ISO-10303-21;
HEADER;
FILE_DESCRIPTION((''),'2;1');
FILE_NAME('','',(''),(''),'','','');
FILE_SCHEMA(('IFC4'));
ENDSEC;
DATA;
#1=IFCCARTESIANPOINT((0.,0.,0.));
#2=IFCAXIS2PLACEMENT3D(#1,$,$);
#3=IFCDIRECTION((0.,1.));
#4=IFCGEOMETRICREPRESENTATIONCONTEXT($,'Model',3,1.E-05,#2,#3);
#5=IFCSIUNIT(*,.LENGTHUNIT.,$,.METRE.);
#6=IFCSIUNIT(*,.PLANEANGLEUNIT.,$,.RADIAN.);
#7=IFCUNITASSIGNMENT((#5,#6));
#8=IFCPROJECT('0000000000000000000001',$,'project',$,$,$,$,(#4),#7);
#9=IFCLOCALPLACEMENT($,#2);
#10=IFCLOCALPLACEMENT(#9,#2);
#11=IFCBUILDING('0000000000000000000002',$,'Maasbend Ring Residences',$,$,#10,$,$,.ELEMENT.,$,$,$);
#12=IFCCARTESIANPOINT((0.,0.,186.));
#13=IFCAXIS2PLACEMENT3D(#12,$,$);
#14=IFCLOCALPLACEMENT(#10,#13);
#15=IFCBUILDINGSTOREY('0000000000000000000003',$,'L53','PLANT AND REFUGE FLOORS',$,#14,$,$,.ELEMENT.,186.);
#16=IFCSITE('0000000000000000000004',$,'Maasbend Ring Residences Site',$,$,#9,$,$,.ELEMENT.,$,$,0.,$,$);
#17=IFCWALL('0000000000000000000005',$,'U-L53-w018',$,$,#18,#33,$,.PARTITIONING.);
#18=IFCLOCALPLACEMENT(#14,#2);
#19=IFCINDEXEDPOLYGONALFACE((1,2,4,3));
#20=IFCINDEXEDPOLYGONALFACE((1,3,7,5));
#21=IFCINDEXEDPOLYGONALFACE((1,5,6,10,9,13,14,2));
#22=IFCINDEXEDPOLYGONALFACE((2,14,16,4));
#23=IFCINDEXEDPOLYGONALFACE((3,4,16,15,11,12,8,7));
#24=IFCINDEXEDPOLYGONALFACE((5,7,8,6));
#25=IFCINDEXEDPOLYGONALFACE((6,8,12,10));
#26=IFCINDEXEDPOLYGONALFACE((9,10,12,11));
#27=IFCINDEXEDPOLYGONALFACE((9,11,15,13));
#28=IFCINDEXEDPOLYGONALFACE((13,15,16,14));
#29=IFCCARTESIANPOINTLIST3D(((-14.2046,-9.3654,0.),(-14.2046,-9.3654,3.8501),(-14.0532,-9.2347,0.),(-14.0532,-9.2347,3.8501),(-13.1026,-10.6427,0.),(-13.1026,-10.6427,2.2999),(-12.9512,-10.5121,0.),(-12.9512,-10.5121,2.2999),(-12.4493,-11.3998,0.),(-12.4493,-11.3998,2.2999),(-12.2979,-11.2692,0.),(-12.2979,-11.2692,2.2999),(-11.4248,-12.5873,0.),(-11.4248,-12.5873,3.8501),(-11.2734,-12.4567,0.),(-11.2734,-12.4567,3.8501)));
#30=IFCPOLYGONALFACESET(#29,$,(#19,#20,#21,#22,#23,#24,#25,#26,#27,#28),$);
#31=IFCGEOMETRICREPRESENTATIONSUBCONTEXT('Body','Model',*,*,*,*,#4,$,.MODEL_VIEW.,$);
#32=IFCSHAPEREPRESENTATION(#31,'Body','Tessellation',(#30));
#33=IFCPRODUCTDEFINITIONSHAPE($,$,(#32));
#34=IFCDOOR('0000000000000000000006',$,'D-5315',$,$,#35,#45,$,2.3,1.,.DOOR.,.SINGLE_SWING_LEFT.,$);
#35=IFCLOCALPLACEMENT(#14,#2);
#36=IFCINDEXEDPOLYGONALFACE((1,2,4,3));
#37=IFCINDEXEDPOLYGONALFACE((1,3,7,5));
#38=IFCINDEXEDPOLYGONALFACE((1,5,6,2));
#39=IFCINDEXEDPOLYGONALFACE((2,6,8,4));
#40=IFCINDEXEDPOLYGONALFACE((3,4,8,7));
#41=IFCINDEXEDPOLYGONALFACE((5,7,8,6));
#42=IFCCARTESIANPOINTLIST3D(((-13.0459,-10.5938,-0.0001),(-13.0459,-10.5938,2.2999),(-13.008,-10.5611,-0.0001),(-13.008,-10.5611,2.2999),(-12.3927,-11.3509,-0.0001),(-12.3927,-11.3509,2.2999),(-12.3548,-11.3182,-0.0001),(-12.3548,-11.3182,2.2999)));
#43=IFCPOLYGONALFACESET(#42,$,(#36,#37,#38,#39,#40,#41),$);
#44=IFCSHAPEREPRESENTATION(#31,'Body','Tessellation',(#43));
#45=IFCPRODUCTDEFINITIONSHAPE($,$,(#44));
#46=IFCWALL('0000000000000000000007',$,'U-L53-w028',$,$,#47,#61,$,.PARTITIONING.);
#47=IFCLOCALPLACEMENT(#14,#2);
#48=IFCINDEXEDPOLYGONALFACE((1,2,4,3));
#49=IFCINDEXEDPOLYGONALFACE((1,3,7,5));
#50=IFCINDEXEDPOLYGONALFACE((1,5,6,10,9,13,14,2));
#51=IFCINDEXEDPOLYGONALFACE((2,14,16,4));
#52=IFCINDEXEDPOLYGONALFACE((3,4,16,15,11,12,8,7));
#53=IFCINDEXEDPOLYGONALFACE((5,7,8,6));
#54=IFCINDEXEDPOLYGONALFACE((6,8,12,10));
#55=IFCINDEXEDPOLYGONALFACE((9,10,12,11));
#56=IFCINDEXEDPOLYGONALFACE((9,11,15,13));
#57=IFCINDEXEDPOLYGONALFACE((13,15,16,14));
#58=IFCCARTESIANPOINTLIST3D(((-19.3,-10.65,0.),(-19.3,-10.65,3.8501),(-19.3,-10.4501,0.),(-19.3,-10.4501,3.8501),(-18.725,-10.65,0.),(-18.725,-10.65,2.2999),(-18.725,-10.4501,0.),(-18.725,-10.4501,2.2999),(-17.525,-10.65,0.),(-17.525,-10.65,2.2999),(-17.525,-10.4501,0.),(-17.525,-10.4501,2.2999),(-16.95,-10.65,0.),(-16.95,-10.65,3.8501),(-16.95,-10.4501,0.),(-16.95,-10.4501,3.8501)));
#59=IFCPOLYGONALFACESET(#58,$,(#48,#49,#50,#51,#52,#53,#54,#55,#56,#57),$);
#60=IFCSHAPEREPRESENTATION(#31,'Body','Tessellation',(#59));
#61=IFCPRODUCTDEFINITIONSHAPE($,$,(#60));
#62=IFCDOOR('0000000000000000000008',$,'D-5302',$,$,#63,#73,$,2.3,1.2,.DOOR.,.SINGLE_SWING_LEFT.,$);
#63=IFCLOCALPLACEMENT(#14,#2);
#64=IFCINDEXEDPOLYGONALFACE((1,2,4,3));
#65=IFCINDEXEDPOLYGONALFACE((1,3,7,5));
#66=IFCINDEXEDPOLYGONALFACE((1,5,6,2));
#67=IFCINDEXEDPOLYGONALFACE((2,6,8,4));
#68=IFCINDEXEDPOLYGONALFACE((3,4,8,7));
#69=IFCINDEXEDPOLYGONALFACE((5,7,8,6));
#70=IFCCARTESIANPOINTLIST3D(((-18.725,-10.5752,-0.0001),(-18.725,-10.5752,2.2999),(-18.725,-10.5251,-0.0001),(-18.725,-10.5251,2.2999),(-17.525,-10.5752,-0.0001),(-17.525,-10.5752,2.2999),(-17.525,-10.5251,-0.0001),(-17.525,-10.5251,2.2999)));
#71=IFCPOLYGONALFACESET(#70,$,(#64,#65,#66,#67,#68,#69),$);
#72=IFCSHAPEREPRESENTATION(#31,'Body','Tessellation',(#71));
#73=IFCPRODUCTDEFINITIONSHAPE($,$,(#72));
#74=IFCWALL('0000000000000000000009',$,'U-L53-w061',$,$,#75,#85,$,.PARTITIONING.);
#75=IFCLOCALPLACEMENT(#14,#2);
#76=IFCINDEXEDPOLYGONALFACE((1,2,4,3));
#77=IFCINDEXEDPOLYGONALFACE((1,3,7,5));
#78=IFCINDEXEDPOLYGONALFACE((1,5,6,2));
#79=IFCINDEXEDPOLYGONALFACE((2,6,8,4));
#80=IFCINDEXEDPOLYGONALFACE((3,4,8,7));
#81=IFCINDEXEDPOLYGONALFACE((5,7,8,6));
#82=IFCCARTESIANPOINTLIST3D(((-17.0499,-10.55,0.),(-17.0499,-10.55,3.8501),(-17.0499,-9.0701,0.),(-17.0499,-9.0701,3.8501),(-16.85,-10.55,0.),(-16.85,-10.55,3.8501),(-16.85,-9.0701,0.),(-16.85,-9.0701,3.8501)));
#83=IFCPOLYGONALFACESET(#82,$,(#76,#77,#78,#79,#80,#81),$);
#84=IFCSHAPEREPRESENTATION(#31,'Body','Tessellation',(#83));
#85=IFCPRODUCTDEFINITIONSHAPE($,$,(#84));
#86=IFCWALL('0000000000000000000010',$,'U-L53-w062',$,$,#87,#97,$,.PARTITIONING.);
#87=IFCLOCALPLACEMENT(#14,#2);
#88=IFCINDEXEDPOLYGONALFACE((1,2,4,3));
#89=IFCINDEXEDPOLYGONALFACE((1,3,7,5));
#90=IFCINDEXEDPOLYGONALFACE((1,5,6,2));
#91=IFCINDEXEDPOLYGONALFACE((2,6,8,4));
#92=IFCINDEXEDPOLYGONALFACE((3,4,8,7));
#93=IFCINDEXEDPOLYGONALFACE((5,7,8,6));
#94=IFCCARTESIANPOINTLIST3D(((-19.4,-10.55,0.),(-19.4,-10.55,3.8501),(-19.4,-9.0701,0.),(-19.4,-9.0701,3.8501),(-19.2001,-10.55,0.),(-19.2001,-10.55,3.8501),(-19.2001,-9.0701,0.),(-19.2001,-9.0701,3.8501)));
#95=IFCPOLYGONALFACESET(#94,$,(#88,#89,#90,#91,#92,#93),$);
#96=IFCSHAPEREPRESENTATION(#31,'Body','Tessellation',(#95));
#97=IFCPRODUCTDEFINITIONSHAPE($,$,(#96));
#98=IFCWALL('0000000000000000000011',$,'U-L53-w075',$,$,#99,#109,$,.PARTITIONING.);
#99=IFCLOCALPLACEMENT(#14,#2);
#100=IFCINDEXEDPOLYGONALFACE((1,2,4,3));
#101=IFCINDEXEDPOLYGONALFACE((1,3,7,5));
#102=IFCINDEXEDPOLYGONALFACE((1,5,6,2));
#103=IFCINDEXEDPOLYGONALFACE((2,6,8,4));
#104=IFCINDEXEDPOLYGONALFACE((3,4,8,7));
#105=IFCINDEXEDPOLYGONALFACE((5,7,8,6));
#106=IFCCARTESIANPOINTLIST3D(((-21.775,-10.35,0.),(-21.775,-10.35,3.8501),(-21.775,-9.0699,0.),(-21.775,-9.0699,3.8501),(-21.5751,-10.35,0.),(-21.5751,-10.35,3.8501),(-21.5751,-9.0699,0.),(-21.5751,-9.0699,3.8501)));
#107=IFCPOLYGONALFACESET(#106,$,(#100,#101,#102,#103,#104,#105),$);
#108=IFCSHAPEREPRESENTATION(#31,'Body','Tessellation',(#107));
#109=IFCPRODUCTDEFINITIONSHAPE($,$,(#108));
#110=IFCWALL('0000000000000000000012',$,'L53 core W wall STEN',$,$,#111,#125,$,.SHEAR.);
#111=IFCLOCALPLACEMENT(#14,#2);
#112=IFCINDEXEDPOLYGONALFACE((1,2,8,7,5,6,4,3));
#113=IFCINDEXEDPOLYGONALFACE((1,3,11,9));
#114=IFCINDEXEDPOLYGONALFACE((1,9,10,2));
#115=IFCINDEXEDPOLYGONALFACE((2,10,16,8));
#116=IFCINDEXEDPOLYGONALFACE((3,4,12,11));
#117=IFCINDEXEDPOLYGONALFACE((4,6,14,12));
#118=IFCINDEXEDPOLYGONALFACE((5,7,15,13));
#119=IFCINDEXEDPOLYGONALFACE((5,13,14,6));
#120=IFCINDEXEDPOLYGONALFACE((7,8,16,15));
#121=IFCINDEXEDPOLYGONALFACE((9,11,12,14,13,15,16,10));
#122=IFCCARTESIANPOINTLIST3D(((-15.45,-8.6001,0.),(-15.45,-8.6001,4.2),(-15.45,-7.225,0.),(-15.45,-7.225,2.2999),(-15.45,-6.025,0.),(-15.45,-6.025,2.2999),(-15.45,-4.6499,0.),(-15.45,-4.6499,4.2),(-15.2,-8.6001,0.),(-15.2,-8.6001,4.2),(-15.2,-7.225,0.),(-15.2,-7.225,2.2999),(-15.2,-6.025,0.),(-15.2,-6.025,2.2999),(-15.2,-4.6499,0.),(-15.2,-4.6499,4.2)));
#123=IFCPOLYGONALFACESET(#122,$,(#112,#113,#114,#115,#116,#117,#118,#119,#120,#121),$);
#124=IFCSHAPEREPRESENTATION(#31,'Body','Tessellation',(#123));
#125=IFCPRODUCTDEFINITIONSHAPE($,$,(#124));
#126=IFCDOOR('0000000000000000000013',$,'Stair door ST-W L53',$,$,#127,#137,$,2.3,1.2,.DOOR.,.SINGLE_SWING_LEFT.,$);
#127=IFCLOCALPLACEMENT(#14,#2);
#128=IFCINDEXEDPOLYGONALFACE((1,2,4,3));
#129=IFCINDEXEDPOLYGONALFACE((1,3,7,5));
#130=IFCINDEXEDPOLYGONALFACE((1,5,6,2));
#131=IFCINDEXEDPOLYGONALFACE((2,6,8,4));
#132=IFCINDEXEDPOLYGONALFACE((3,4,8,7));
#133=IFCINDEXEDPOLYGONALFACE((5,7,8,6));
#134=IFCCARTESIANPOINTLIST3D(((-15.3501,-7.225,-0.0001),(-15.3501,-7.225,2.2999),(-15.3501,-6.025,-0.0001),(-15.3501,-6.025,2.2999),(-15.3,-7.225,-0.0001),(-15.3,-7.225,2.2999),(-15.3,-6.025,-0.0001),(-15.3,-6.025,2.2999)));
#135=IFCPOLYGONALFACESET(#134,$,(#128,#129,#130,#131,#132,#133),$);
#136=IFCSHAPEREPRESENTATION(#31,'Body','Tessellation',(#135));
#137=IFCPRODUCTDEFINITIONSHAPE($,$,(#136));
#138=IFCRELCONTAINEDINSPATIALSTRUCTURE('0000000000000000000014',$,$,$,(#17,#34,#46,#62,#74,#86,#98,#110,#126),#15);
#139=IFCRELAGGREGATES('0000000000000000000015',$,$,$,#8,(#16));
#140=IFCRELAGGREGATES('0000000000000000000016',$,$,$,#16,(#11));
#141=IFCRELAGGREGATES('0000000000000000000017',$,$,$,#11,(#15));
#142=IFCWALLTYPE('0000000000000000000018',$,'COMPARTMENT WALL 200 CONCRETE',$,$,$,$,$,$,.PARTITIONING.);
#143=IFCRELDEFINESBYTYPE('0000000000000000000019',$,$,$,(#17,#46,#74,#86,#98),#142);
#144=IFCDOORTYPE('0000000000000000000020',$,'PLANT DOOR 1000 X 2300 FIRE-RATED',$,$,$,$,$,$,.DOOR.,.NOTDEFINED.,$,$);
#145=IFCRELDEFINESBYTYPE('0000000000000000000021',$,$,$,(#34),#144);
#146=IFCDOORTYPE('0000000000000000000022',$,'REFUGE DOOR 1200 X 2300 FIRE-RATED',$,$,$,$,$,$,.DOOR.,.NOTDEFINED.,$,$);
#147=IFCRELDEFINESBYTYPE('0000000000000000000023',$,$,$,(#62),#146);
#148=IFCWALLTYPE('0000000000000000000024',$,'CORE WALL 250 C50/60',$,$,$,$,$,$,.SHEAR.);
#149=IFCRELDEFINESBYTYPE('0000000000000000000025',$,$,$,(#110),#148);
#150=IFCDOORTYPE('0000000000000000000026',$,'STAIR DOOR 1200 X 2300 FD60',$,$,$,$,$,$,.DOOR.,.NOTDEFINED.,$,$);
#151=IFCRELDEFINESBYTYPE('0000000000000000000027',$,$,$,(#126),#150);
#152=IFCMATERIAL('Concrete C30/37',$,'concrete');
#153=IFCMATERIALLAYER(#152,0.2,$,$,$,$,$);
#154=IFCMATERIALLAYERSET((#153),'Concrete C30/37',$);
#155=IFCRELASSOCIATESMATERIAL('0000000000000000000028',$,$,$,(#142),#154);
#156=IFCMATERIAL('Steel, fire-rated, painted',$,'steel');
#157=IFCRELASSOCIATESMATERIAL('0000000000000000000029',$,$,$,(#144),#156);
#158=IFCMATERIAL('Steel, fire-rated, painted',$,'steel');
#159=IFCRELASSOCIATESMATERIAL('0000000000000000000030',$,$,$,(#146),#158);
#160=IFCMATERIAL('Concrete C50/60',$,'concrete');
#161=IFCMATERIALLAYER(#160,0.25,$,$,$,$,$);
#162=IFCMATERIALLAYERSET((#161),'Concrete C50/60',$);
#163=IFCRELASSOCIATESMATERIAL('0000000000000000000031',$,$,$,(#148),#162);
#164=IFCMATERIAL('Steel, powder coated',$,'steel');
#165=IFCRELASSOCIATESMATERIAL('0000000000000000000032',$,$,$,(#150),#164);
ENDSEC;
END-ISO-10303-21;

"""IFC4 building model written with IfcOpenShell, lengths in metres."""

from ifc_helpers import new_model, si_unit, direction, frame, frame_2d, origin, place, context, subcontext, project, spatial, rectangle, extrude, material, layer, layer_set, type_object, element, fill, save


model = new_model("IFC4")

# Units and contexts
model_context = context("Model", 3, precision=1e-05, world=origin(), true_north=direction((0.0, 1.0)))
body_context = subcontext(model_context, "Body", "Model", "MODEL_VIEW")
ifc_project = project(units=[si_unit("LENGTHUNIT", "METRE"), si_unit("PLANEANGLEUNIT", "RADIAN")], contexts=[model_context])

# Site, building, storey
site_placement = place(None, origin())
site = spatial("IfcSite", under=ifc_project, at=site_placement, Name="Maasbend Ring Residences Site", CompositionType="ELEMENT", RefElevation=0.0)
building_placement = place(site_placement, origin())
building = spatial("IfcBuilding", under=site, at=building_placement, Name="Maasbend Ring Residences", CompositionType="ELEMENT")
storey_placement = place(building_placement, frame((0.0, 0.0, 186.0)))
storey = spatial("IfcBuildingStorey", under=building, at=storey_placement, Name="L53", Description="PLANT AND REFUGE FLOORS", CompositionType="ELEMENT", Elevation=186.0)

# Walls, openings, doors
ifc_material_1 = material(Name="Concrete C30/37", Category="concrete")
ifc_layer_1 = layer(ifc_material_1, 0.2)
ifc_layer_set_1 = layer_set([ifc_layer_1], Name="Concrete C30/37")
wall_type_1 = type_object("IfcWallType", Name="COMPARTMENT WALL 200 CONCRETE", PredefinedType="PARTITIONING", material=ifc_layer_set_1)
wall_1_placement = place(storey_placement, frame((-14.1289, -9.3, 0.0), z_axis=(0.0, 0.0, 1.0), x_axis=(0.653245, -0.757147, 0.0)))
wall_1 = element("IfcWall", 1, at=wall_1_placement, inside=storey, type_object=wall_type_1, Name="U-L53-w018", PredefinedType="PARTITIONING", context=body_context, shape_type="SweptSolid", body=[
    extrude(rectangle(XDim=4.2554, YDim=0.2, at=frame_2d((2.1277, 0.0))), origin(), (0.0, 0.0, 1.0), 3.8501),
])
opening_1_placement = place(wall_1_placement, frame((1.687, 0.0, 0.0)))
opening_1 = element("IfcOpeningElement", 2, at=opening_1_placement, cuts=wall_1, PredefinedType="OPENING", context=body_context, shape_type="SweptSolid", body=[
    extrude(rectangle(XDim=1.0, YDim=2.3, at=frame_2d((0.5, 1.1499))), frame((0.0, 0.1099, 0.0), z_axis=(0.0, -1.0, 0.0), x_axis=(1.0, 0.0, 0.0)), (0.0, 0.0, 1.0), 0.22),
])
ifc_material_2 = material(Name="Steel, fire-rated, painted", Category="steel")
door_type_1 = type_object("IfcDoorType", Name="PLANT DOOR 1000 X 2300 FIRE-RATED", OperationType="NOTDEFINED", PredefinedType="DOOR", material=ifc_material_2)
door_1_placement = place(opening_1_placement, origin())
door_1 = element("IfcDoor", 3, at=door_1_placement, inside=storey, type_object=door_type_1, Name="D-5315", OperationType="SINGLE_SWING_LEFT", OverallHeight=2.3, OverallWidth=1.0, PredefinedType="DOOR", context=body_context, shape_type="SweptSolid", body=[
    extrude(rectangle(XDim=1.0, YDim=2.3, at=frame_2d((0.5, 1.1499))), frame((0.0, 0.0249, 0.0), z_axis=(0.0, -1.0, 0.0), x_axis=(1.0, 0.0, 0.0)), (0.0, 0.0, 1.0), 0.05),
])
fill(opening_1, door_1)
wall_2_placement = place(storey_placement, frame((-19.3, -10.55, 0.0), z_axis=(0.0, 0.0, 1.0), x_axis=(1.0, 0.0, 0.0)))
wall_2 = element("IfcWall", 4, at=wall_2_placement, inside=storey, type_object=wall_type_1, Name="U-L53-w028", PredefinedType="PARTITIONING", context=body_context, shape_type="SweptSolid", body=[
    extrude(rectangle(XDim=2.3501, YDim=0.2, at=frame_2d((1.175, 0.0))), origin(), (0.0, 0.0, 1.0), 3.8501),
])
opening_2_placement = place(wall_2_placement, frame((0.575, 0.0, 0.0)))
opening_2 = element("IfcOpeningElement", 5, at=opening_2_placement, cuts=wall_2, PredefinedType="OPENING", context=body_context, shape_type="SweptSolid", body=[
    extrude(rectangle(XDim=1.2, YDim=2.3, at=frame_2d((0.6001, 1.1499))), frame((0.0, 0.1099, 0.0), z_axis=(0.0, -1.0, 0.0), x_axis=(1.0, 0.0, 0.0)), (0.0, 0.0, 1.0), 0.22),
])
ifc_material_3 = material(Name="Steel, fire-rated, painted", Category="steel")
door_type_2 = type_object("IfcDoorType", Name="REFUGE DOOR 1200 X 2300 FIRE-RATED", OperationType="NOTDEFINED", PredefinedType="DOOR", material=ifc_material_3)
door_2_placement = place(opening_2_placement, origin())
door_2 = element("IfcDoor", 6, at=door_2_placement, inside=storey, type_object=door_type_2, Name="D-5302", OperationType="SINGLE_SWING_LEFT", OverallHeight=2.3, OverallWidth=1.2, PredefinedType="DOOR", context=body_context, shape_type="SweptSolid", body=[
    extrude(rectangle(XDim=1.2, YDim=2.3, at=frame_2d((0.6001, 1.1499))), frame((0.0, 0.0249, 0.0), z_axis=(0.0, -1.0, 0.0), x_axis=(1.0, 0.0, 0.0)), (0.0, 0.0, 1.0), 0.05),
])
fill(opening_2, door_2)

# Walls
for number, where, z_axis, x_axis, name in (
    (7, (-16.95, -10.55, 0.0), (0.0, 0.0, 1.0), (0.0, 1.0, 0.0), "U-L53-w061"),
    (8, (-19.3, -10.55, 0.0), (0.0, 0.0, 1.0), (0.0, 1.0, 0.0), "U-L53-w062"),
):
    element("IfcWall", number, at=place(storey_placement, frame(where, z_axis=z_axis, x_axis=x_axis)), inside=storey, type_object=wall_type_1, Name=name, PredefinedType="PARTITIONING", context=body_context, shape_type="SweptSolid", body=[
        extrude(rectangle(XDim=1.48, YDim=0.2, at=frame_2d((0.74, 0.0))), origin(), (0.0, 0.0, 1.0), 3.8501),
    ])
wall_3_placement = place(storey_placement, frame((-21.675, -10.3501, 0.0), z_axis=(0.0, 0.0, 1.0), x_axis=(0.0, 1.0, 0.0)))
element("IfcWall", 9, at=wall_3_placement, inside=storey, type_object=wall_type_1, Name="U-L53-w075", PredefinedType="PARTITIONING", context=body_context, shape_type="SweptSolid", body=[
    extrude(rectangle(XDim=1.28, YDim=0.2, at=frame_2d((0.6401, 0.0))), origin(), (0.0, 0.0, 1.0), 3.8501),
])

# Wall, opening, door
ifc_material_4 = material(Name="Concrete C50/60", Category="concrete")
ifc_layer_2 = layer(ifc_material_4, 0.25)
ifc_layer_set_2 = layer_set([ifc_layer_2], Name="Concrete C50/60")
wall_type_2 = type_object("IfcWallType", Name="CORE WALL 250 C50/60", PredefinedType="SHEAR", material=ifc_layer_set_2)
wall_4_placement = place(storey_placement, frame((-15.325, -4.6499, 0.0), z_axis=(0.0, 0.0, 1.0), x_axis=(0.0, -1.0, 0.0)))
wall_4 = element("IfcWall", 10, at=wall_4_placement, inside=storey, type_object=wall_type_2, Name="L53 core W wall STEN", PredefinedType="SHEAR", context=body_context, shape_type="SweptSolid", body=[
    extrude(rectangle(XDim=3.9502, YDim=0.25, at=frame_2d((1.9751, 0.0))), origin(), (0.0, 0.0, 1.0), 4.2),
])
opening_3_placement = place(wall_4_placement, frame((1.375, 0.0, 0.0)))
opening_3 = element("IfcOpeningElement", 11, at=opening_3_placement, cuts=wall_4, PredefinedType="OPENING", context=body_context, shape_type="SweptSolid", body=[
    extrude(rectangle(XDim=1.2, YDim=2.3, at=frame_2d((0.6001, 1.1499))), frame((0.0, 0.135, 0.0), z_axis=(0.0, -1.0, 0.0), x_axis=(1.0, 0.0, 0.0)), (0.0, 0.0, 1.0), 0.27),
])
ifc_material_5 = material(Name="Steel, powder coated", Category="steel")
door_type_3 = type_object("IfcDoorType", Name="STAIR DOOR 1200 X 2300 FD60", OperationType="NOTDEFINED", PredefinedType="DOOR", material=ifc_material_5)
door_3_placement = place(opening_3_placement, origin())
door_3 = element("IfcDoor", 12, at=door_3_placement, inside=storey, type_object=door_type_3, Name="Stair door ST-W L53", OperationType="SINGLE_SWING_LEFT", OverallHeight=2.3, OverallWidth=1.2, PredefinedType="DOOR", context=body_context, shape_type="SweptSolid", body=[
    extrude(rectangle(XDim=1.2, YDim=2.3, at=frame_2d((0.6001, 1.1499))), frame((0.0, 0.0249, 0.0), z_axis=(0.0, -1.0, 0.0), x_axis=(1.0, 0.0, 0.0)), (0.0, 0.0, 1.0), 0.05),
])
fill(opening_3, door_3)

save(model, "model.ifc")
